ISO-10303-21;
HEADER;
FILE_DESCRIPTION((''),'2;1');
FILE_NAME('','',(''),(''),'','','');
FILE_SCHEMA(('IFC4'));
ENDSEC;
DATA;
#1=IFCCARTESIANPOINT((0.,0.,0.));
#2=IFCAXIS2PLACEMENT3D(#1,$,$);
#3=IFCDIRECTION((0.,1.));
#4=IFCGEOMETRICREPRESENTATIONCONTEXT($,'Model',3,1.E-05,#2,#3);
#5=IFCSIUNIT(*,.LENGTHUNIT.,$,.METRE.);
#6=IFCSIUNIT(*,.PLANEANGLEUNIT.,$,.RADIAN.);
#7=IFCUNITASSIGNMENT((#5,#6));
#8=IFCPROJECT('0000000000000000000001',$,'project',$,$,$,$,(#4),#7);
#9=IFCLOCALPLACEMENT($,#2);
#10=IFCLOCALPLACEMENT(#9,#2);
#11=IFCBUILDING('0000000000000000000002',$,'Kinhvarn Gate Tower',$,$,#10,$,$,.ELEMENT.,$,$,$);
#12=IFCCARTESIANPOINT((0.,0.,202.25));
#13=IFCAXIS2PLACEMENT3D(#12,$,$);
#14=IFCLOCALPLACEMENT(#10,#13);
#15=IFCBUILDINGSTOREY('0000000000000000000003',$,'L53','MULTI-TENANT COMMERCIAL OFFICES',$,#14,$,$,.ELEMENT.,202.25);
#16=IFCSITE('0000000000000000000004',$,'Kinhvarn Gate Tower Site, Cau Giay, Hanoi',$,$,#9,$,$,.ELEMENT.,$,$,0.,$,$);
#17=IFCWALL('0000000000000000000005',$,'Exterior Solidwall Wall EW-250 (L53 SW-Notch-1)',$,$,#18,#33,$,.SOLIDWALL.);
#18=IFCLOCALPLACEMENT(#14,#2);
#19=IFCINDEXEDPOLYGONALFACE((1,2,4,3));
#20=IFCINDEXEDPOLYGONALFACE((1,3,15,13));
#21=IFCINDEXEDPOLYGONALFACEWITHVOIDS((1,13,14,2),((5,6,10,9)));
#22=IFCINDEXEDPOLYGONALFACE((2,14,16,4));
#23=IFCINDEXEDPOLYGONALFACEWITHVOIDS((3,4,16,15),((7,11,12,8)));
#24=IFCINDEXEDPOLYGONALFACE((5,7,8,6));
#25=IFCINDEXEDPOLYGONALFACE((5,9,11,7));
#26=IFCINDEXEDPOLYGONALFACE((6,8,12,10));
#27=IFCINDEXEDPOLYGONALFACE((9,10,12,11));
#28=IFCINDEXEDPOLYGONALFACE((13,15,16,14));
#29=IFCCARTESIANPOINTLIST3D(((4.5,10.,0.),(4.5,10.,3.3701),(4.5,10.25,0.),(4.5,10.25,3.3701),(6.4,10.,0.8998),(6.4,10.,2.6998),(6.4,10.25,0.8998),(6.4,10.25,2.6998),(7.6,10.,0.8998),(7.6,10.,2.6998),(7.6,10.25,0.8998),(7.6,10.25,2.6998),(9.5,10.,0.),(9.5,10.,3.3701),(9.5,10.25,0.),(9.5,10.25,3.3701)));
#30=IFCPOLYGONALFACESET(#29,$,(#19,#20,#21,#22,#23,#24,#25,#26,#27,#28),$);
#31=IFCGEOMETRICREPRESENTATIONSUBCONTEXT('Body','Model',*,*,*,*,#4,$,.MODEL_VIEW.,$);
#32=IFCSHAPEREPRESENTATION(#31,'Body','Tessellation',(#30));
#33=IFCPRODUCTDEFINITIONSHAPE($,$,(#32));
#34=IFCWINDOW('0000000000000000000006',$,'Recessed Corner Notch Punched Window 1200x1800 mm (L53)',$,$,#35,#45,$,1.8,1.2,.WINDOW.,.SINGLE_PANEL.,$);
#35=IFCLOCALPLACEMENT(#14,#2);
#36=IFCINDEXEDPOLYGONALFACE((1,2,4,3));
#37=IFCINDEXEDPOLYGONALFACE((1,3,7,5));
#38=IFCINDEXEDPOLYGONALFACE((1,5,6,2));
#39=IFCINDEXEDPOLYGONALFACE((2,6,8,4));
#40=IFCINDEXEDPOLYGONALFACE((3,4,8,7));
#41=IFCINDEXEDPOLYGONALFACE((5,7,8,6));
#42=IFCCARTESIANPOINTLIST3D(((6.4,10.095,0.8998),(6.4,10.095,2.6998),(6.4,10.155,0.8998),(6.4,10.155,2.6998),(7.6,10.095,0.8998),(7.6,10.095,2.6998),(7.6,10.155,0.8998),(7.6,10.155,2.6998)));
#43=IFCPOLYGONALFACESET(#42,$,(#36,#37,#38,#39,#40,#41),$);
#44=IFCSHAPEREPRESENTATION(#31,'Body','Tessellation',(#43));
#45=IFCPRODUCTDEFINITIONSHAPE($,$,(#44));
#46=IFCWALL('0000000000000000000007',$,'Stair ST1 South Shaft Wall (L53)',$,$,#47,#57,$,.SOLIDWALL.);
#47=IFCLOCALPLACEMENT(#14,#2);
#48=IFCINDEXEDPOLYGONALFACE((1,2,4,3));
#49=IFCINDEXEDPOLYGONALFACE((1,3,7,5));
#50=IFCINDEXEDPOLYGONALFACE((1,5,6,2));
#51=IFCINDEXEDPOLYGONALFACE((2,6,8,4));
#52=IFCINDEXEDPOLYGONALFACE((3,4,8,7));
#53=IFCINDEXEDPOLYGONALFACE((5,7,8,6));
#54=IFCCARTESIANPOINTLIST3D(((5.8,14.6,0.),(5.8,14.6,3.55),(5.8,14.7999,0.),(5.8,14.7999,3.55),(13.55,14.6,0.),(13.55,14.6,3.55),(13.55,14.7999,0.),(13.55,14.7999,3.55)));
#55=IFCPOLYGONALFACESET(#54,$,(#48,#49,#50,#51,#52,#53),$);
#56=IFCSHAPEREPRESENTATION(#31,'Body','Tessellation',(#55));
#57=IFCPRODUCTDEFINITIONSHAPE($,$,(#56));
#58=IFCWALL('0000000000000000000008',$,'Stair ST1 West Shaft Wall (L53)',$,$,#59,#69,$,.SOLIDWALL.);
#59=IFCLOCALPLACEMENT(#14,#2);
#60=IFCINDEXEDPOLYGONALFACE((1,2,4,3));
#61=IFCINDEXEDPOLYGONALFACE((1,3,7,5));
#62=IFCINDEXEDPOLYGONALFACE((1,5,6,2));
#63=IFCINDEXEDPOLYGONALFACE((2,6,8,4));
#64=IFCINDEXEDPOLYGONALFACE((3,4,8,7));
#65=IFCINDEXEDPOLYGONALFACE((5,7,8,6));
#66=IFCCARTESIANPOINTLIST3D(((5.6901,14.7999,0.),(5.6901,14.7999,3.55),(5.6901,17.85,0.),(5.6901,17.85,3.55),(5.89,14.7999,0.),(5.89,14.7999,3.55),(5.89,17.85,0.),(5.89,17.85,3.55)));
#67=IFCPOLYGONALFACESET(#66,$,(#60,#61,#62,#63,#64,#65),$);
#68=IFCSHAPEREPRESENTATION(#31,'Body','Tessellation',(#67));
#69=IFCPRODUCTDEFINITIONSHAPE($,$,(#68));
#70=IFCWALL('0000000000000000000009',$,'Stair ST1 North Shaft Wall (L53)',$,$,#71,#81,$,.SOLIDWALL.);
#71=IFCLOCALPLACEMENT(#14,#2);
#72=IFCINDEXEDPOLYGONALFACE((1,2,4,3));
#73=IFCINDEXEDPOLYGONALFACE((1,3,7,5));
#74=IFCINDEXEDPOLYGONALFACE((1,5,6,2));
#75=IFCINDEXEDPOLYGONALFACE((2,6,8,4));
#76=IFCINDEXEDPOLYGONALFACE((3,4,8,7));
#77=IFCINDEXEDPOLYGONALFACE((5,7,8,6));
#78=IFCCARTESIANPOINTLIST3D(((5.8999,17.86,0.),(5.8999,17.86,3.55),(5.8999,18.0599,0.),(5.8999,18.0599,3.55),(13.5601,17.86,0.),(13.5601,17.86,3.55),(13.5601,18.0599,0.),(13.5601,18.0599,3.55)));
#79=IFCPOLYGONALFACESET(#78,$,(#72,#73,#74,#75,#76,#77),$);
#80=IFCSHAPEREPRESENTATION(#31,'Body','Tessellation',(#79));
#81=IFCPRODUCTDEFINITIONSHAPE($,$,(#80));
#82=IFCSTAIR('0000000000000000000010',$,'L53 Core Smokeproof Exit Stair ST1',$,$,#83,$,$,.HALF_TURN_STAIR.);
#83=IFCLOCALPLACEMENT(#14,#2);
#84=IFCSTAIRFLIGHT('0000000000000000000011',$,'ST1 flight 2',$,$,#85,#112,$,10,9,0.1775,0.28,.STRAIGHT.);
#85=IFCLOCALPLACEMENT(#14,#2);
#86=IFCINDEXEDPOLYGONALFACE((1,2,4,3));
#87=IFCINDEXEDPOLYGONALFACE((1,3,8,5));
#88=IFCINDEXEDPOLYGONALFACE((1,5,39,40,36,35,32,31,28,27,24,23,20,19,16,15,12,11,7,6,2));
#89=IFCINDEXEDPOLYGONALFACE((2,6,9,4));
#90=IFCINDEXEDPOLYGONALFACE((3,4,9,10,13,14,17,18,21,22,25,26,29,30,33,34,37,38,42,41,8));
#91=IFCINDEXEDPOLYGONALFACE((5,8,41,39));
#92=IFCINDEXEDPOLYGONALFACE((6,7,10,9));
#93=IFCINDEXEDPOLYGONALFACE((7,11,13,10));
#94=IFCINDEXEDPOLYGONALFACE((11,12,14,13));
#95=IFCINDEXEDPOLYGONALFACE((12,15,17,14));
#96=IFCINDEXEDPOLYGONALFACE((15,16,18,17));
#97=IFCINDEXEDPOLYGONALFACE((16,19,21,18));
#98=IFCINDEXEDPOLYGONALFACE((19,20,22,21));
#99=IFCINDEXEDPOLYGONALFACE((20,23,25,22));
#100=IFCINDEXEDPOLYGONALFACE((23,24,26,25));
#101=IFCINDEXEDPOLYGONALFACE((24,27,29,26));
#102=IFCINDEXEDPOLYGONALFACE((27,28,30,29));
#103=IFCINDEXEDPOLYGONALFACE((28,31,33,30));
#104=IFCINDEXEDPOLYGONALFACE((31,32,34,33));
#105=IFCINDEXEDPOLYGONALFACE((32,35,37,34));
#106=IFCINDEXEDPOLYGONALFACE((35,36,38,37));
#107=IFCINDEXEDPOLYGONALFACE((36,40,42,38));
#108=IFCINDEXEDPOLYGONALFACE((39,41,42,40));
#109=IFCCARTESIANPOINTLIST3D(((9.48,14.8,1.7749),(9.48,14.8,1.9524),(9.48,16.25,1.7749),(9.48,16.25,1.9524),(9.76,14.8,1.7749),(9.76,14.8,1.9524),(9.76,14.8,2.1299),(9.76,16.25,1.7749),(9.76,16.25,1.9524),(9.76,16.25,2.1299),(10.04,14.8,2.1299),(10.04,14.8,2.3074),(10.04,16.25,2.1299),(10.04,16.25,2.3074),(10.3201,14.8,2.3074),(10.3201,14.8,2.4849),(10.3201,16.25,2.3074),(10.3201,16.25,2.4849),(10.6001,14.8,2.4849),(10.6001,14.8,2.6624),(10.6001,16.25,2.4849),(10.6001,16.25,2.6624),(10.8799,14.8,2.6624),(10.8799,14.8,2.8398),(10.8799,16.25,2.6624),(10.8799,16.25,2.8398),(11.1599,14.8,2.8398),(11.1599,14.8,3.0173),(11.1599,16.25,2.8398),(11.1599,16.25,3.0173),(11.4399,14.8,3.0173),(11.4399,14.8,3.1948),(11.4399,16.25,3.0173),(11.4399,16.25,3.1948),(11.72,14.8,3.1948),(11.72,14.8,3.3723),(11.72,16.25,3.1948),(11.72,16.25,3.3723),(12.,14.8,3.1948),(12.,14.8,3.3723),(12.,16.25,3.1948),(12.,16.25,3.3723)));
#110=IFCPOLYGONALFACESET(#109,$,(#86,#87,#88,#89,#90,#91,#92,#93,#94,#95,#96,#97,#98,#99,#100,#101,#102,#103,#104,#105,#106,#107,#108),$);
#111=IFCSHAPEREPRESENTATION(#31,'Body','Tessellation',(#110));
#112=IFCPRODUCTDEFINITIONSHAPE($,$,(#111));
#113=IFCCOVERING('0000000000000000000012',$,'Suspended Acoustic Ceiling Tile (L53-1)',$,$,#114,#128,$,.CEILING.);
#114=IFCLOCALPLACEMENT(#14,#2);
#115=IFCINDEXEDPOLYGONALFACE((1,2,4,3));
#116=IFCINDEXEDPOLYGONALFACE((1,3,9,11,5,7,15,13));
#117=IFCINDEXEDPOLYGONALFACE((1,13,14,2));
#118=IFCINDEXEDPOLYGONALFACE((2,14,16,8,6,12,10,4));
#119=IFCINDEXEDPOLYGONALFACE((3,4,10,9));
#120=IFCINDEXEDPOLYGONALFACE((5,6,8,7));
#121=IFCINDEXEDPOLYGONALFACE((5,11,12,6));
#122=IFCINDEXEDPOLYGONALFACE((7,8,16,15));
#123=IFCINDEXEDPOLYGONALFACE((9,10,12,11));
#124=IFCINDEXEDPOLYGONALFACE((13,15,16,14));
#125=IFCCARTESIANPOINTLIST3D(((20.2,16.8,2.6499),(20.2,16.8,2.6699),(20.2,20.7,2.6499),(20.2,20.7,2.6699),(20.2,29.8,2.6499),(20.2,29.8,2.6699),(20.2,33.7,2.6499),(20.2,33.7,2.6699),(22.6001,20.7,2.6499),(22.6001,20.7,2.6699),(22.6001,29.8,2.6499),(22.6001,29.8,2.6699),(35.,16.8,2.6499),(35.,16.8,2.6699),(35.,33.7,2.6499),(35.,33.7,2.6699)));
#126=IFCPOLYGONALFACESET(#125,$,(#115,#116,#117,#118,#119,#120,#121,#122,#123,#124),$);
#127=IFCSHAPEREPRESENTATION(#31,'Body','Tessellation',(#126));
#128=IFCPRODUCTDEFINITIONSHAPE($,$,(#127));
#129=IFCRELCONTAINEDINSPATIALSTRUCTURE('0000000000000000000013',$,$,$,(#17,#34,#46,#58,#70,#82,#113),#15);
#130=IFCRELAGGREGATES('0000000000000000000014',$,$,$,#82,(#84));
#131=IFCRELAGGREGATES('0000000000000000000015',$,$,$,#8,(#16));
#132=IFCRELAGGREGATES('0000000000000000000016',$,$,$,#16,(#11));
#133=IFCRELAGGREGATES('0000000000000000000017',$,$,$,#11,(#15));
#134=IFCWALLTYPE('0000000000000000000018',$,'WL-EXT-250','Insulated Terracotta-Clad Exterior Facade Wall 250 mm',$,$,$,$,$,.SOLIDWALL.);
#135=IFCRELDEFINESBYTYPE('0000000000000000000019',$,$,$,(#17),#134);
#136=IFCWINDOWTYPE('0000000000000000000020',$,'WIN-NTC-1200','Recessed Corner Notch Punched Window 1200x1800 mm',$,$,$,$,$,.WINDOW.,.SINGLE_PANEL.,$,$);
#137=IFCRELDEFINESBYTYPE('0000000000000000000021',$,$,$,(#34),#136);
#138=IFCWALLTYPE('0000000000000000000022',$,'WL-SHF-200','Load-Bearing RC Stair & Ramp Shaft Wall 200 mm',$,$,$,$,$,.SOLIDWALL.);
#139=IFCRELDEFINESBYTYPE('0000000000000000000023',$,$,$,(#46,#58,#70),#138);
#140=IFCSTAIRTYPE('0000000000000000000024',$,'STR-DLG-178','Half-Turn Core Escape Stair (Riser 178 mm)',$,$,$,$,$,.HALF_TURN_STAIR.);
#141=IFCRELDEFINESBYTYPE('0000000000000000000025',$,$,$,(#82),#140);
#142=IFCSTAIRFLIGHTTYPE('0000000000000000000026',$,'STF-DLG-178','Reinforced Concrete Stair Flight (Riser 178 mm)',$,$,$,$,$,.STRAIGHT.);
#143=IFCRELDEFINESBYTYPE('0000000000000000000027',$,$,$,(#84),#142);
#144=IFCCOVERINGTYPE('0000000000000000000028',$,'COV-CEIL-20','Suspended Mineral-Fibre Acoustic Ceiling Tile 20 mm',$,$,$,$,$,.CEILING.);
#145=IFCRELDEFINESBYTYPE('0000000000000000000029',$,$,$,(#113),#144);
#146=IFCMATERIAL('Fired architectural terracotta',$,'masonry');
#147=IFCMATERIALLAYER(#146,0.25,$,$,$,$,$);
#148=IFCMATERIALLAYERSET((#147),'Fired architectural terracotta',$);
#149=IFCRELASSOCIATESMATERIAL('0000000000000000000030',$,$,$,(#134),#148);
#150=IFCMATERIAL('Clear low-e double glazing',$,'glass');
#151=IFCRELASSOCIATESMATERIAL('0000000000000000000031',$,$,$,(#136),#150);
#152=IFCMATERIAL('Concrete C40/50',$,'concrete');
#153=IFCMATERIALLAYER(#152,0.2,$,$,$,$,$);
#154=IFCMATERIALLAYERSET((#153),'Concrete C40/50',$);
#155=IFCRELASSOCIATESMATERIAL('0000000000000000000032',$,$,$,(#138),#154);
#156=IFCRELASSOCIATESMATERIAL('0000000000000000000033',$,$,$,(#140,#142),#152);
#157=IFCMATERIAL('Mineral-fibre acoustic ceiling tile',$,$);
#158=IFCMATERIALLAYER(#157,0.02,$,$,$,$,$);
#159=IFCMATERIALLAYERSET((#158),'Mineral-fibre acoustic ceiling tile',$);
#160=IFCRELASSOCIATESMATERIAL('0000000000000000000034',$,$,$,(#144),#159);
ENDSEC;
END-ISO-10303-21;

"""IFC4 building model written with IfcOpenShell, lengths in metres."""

from ifc_helpers import new_model, si_unit, direction, frame, frame_2d, origin, place, context, subcontext, project, spatial, polyline, rectangle, outline, extrude, material, layer, layer_set, type_object, element, fill, aggregate, save


model = new_model("IFC4")

# Units and contexts
model_context = context("Model", 3, precision=1e-05, world=origin(), true_north=direction((0.0, 1.0)))
body_context = subcontext(model_context, "Body", "Model", "MODEL_VIEW")
ifc_project = project(units=[si_unit("LENGTHUNIT", "METRE"), si_unit("PLANEANGLEUNIT", "RADIAN")], contexts=[model_context])

# Site, building, storey
site_placement = place(None, origin())
site = spatial("IfcSite", under=ifc_project, at=site_placement, Name="Kinhvarn Gate Tower Site, Cau Giay, Hanoi", CompositionType="ELEMENT", RefElevation=0.0)
building_placement = place(site_placement, origin())
building = spatial("IfcBuilding", under=site, at=building_placement, Name="Kinhvarn Gate Tower", CompositionType="ELEMENT")
storey_placement = place(building_placement, frame((0.0, 0.0, 202.25)))
storey = spatial("IfcBuildingStorey", under=building, at=storey_placement, Name="L53", Description="MULTI-TENANT COMMERCIAL OFFICES", CompositionType="ELEMENT", Elevation=202.25)

# Wall, opening, window
ifc_material_1 = material(Name="Fired architectural terracotta", Category="masonry")
ifc_layer_1 = layer(ifc_material_1, 0.25)
ifc_layer_set_1 = layer_set([ifc_layer_1], Name="Fired architectural terracotta")
wall_type_1 = type_object("IfcWallType", Name="WL-EXT-250", Description="Insulated Terracotta-Clad Exterior Facade Wall 250 mm", PredefinedType="SOLIDWALL", material=ifc_layer_set_1)
ifc_material_2 = material(Name="Clear low-e double glazing", Category="glass")
wall_1_placement = place(storey_placement, frame((4.5, 10.125, 0.0), z_axis=(0.0, 0.0, 1.0), x_axis=(1.0, 0.0, 0.0)))
wall_1 = element("IfcWall", 1, at=wall_1_placement, inside=storey, type_object=wall_type_1, Name="Exterior Solidwall Wall EW-250 (L53 SW-Notch-1)", PredefinedType="SOLIDWALL", context=body_context, shape_type="SweptSolid", body=[
    extrude(rectangle(XDim=5.0, YDim=0.25, at=frame_2d((2.5, 0.0))), origin(), (0.0, 0.0, 1.0), 3.3701),
])
opening_1_placement = place(wall_1_placement, frame((1.8999, 0.0, 0.8999)))
opening_1 = element("IfcOpeningElement", 2, at=opening_1_placement, cuts=wall_1, PredefinedType="OPENING", context=body_context, shape_type="SweptSolid", body=[
    extrude(rectangle(XDim=1.2, YDim=1.8, at=frame_2d((0.6001, 0.8999))), frame((0.0, 0.135, 0.0), z_axis=(0.0, -1.0, 0.0), x_axis=(1.0, 0.0, 0.0)), (0.0, 0.0, 1.0), 0.27),
])
window_type_1 = type_object("IfcWindowType", Name="WIN-NTC-1200", Description="Recessed Corner Notch Punched Window 1200x1800 mm", PartitioningType="SINGLE_PANEL", PredefinedType="WINDOW", material=ifc_material_2)
window_1_placement = place(opening_1_placement, origin())
window_1 = element("IfcWindow", 3, at=window_1_placement, inside=storey, type_object=window_type_1, Name="Recessed Corner Notch Punched Window 1200x1800 mm (L53)", OverallHeight=1.8, OverallWidth=1.2, PartitioningType="SINGLE_PANEL", PredefinedType="WINDOW", context=body_context, shape_type="SweptSolid", body=[
    extrude(rectangle(XDim=1.2, YDim=1.8, at=frame_2d((0.6001, 0.8999))), frame((0.0, 0.03, 0.0), z_axis=(0.0, -1.0, 0.0), x_axis=(1.0, 0.0, 0.0)), (0.0, 0.0, 1.0), 0.0601),
])
fill(opening_1, window_1)

# Walls
ifc_material_3 = material(Name="Concrete C40/50", Category="concrete")
ifc_layer_2 = layer(ifc_material_3, 0.2)
ifc_layer_set_2 = layer_set([ifc_layer_2], Name="Concrete C40/50")
wall_type_2 = type_object("IfcWallType", Name="WL-SHF-200", Description="Load-Bearing RC Stair & Ramp Shaft Wall 200 mm", PredefinedType="SOLIDWALL", material=ifc_layer_set_2)
wall_2_placement = place(storey_placement, frame((5.8, 14.7, 0.0), z_axis=(0.0, 0.0, 1.0), x_axis=(1.0, 0.0, 0.0)))
element("IfcWall", 4, at=wall_2_placement, inside=storey, type_object=wall_type_2, Name="Stair ST1 South Shaft Wall (L53)", PredefinedType="SOLIDWALL", context=body_context, shape_type="SweptSolid", body=[
    extrude(rectangle(XDim=7.75, YDim=0.2, at=frame_2d((3.875, 0.0))), origin(), (0.0, 0.0, 1.0), 3.55),
])
wall_3_placement = place(storey_placement, frame((5.79, 14.8, 0.0), z_axis=(0.0, 0.0, 1.0), x_axis=(0.0, 1.0, 0.0)))
element("IfcWall", 5, at=wall_3_placement, inside=storey, type_object=wall_type_2, Name="Stair ST1 West Shaft Wall (L53)", PredefinedType="SOLIDWALL", context=body_context, shape_type="SweptSolid", body=[
    extrude(rectangle(XDim=3.05, YDim=0.2, at=frame_2d((1.5249, 0.0))), origin(), (0.0, 0.0, 1.0), 3.55),
])
wall_4_placement = place(storey_placement, frame((5.8999, 17.96, 0.0), z_axis=(0.0, 0.0, 1.0), x_axis=(1.0, 0.0, 0.0)))
element("IfcWall", 6, at=wall_4_placement, inside=storey, type_object=wall_type_2, Name="Stair ST1 North Shaft Wall (L53)", PredefinedType="SOLIDWALL", context=body_context, shape_type="SweptSolid", body=[
    extrude(rectangle(XDim=7.6602, YDim=0.2, at=frame_2d((3.8301, 0.0))), origin(), (0.0, 0.0, 1.0), 3.55),
])

# Stair, stair flight
stair_type = type_object("IfcStairType", Name="STR-DLG-178", Description="Half-Turn Core Escape Stair (Riser 178 mm)", PredefinedType="HALF_TURN_STAIR", material=ifc_material_3)
stair_placement = place(storey_placement, origin())
stair = element("IfcStair", 7, at=stair_placement, inside=storey, type_object=stair_type, Name="L53 Core Smokeproof Exit Stair ST1", PredefinedType="HALF_TURN_STAIR")
stair_flight_type = type_object("IfcStairFlightType", Name="STF-DLG-178", Description="Reinforced Concrete Stair Flight (Riser 178 mm)", PredefinedType="STRAIGHT", material=ifc_material_3)
stair_flight_placement = place(storey_placement, frame((9.48, 15.5249, 1.7749), z_axis=(0.0, 0.0, 1.0), x_axis=(1.0, 0.0, 0.0)))
stair_flight = element("IfcStairFlight", 8, at=stair_flight_placement, type_object=stair_flight_type, Name="ST1 flight 2", NumberOfRisers=10, NumberOfTreads=9, PredefinedType="STRAIGHT", RiserHeight=0.1775, TreadLength=0.28, context=body_context, shape_type="SweptSolid", body=[
    extrude(outline(polyline([(0.0, 0.0), (0.0, 0.1775), (0.28, 0.1775), (0.28, 0.355), (0.5601, 0.355), (0.5601, 0.5325), (0.8401, 0.5325), (0.8401, 0.71), (1.1201, 0.71), (1.1201, 0.8875), (1.3999, 0.8875), (1.3999, 1.0649), (1.6799, 1.0649), (1.6799, 1.2424), (1.96, 1.2424), (1.96, 1.4199), (2.24, 1.4199), (2.24, 1.5974), (2.52, 1.5974), (2.52, 1.7749), (2.52, 1.4199), (0.28, 0.0), (0.0, 0.0)])), frame((0.0, 0.7251, 0.0), z_axis=(0.0, -1.0, 0.0), x_axis=(1.0, 0.0, 0.0)), (0.0, 0.0, 1.0), 1.45),
])
aggregate(stair, [stair_flight])

# Covering
ifc_material_4 = material(Name="Mineral-fibre acoustic ceiling tile")
ifc_layer_3 = layer(ifc_material_4, 0.02)
ifc_layer_set_3 = layer_set([ifc_layer_3], Name="Mineral-fibre acoustic ceiling tile")
covering_type = type_object("IfcCoveringType", Name="COV-CEIL-20", Description="Suspended Mineral-Fibre Acoustic Ceiling Tile 20 mm", PredefinedType="CEILING", material=ifc_layer_set_3)
covering_placement = place(storey_placement, frame((0.0, 0.0, 2.6499)))
element("IfcCovering", 9, at=covering_placement, inside=storey, type_object=covering_type, Name="Suspended Acoustic Ceiling Tile (L53-1)", PredefinedType="CEILING", context=body_context, shape_type="SweptSolid", body=[
    extrude(outline(polyline([(35.0, 33.7), (35.0, 16.8), (20.2, 16.8), (20.2, 20.7), (22.6001, 20.7), (22.6001, 29.8), (20.2, 29.8), (20.2, 33.7), (35.0, 33.7)])), origin(), (0.0, 0.0, 1.0), 0.02),
])

save(model, "model.ifc")
